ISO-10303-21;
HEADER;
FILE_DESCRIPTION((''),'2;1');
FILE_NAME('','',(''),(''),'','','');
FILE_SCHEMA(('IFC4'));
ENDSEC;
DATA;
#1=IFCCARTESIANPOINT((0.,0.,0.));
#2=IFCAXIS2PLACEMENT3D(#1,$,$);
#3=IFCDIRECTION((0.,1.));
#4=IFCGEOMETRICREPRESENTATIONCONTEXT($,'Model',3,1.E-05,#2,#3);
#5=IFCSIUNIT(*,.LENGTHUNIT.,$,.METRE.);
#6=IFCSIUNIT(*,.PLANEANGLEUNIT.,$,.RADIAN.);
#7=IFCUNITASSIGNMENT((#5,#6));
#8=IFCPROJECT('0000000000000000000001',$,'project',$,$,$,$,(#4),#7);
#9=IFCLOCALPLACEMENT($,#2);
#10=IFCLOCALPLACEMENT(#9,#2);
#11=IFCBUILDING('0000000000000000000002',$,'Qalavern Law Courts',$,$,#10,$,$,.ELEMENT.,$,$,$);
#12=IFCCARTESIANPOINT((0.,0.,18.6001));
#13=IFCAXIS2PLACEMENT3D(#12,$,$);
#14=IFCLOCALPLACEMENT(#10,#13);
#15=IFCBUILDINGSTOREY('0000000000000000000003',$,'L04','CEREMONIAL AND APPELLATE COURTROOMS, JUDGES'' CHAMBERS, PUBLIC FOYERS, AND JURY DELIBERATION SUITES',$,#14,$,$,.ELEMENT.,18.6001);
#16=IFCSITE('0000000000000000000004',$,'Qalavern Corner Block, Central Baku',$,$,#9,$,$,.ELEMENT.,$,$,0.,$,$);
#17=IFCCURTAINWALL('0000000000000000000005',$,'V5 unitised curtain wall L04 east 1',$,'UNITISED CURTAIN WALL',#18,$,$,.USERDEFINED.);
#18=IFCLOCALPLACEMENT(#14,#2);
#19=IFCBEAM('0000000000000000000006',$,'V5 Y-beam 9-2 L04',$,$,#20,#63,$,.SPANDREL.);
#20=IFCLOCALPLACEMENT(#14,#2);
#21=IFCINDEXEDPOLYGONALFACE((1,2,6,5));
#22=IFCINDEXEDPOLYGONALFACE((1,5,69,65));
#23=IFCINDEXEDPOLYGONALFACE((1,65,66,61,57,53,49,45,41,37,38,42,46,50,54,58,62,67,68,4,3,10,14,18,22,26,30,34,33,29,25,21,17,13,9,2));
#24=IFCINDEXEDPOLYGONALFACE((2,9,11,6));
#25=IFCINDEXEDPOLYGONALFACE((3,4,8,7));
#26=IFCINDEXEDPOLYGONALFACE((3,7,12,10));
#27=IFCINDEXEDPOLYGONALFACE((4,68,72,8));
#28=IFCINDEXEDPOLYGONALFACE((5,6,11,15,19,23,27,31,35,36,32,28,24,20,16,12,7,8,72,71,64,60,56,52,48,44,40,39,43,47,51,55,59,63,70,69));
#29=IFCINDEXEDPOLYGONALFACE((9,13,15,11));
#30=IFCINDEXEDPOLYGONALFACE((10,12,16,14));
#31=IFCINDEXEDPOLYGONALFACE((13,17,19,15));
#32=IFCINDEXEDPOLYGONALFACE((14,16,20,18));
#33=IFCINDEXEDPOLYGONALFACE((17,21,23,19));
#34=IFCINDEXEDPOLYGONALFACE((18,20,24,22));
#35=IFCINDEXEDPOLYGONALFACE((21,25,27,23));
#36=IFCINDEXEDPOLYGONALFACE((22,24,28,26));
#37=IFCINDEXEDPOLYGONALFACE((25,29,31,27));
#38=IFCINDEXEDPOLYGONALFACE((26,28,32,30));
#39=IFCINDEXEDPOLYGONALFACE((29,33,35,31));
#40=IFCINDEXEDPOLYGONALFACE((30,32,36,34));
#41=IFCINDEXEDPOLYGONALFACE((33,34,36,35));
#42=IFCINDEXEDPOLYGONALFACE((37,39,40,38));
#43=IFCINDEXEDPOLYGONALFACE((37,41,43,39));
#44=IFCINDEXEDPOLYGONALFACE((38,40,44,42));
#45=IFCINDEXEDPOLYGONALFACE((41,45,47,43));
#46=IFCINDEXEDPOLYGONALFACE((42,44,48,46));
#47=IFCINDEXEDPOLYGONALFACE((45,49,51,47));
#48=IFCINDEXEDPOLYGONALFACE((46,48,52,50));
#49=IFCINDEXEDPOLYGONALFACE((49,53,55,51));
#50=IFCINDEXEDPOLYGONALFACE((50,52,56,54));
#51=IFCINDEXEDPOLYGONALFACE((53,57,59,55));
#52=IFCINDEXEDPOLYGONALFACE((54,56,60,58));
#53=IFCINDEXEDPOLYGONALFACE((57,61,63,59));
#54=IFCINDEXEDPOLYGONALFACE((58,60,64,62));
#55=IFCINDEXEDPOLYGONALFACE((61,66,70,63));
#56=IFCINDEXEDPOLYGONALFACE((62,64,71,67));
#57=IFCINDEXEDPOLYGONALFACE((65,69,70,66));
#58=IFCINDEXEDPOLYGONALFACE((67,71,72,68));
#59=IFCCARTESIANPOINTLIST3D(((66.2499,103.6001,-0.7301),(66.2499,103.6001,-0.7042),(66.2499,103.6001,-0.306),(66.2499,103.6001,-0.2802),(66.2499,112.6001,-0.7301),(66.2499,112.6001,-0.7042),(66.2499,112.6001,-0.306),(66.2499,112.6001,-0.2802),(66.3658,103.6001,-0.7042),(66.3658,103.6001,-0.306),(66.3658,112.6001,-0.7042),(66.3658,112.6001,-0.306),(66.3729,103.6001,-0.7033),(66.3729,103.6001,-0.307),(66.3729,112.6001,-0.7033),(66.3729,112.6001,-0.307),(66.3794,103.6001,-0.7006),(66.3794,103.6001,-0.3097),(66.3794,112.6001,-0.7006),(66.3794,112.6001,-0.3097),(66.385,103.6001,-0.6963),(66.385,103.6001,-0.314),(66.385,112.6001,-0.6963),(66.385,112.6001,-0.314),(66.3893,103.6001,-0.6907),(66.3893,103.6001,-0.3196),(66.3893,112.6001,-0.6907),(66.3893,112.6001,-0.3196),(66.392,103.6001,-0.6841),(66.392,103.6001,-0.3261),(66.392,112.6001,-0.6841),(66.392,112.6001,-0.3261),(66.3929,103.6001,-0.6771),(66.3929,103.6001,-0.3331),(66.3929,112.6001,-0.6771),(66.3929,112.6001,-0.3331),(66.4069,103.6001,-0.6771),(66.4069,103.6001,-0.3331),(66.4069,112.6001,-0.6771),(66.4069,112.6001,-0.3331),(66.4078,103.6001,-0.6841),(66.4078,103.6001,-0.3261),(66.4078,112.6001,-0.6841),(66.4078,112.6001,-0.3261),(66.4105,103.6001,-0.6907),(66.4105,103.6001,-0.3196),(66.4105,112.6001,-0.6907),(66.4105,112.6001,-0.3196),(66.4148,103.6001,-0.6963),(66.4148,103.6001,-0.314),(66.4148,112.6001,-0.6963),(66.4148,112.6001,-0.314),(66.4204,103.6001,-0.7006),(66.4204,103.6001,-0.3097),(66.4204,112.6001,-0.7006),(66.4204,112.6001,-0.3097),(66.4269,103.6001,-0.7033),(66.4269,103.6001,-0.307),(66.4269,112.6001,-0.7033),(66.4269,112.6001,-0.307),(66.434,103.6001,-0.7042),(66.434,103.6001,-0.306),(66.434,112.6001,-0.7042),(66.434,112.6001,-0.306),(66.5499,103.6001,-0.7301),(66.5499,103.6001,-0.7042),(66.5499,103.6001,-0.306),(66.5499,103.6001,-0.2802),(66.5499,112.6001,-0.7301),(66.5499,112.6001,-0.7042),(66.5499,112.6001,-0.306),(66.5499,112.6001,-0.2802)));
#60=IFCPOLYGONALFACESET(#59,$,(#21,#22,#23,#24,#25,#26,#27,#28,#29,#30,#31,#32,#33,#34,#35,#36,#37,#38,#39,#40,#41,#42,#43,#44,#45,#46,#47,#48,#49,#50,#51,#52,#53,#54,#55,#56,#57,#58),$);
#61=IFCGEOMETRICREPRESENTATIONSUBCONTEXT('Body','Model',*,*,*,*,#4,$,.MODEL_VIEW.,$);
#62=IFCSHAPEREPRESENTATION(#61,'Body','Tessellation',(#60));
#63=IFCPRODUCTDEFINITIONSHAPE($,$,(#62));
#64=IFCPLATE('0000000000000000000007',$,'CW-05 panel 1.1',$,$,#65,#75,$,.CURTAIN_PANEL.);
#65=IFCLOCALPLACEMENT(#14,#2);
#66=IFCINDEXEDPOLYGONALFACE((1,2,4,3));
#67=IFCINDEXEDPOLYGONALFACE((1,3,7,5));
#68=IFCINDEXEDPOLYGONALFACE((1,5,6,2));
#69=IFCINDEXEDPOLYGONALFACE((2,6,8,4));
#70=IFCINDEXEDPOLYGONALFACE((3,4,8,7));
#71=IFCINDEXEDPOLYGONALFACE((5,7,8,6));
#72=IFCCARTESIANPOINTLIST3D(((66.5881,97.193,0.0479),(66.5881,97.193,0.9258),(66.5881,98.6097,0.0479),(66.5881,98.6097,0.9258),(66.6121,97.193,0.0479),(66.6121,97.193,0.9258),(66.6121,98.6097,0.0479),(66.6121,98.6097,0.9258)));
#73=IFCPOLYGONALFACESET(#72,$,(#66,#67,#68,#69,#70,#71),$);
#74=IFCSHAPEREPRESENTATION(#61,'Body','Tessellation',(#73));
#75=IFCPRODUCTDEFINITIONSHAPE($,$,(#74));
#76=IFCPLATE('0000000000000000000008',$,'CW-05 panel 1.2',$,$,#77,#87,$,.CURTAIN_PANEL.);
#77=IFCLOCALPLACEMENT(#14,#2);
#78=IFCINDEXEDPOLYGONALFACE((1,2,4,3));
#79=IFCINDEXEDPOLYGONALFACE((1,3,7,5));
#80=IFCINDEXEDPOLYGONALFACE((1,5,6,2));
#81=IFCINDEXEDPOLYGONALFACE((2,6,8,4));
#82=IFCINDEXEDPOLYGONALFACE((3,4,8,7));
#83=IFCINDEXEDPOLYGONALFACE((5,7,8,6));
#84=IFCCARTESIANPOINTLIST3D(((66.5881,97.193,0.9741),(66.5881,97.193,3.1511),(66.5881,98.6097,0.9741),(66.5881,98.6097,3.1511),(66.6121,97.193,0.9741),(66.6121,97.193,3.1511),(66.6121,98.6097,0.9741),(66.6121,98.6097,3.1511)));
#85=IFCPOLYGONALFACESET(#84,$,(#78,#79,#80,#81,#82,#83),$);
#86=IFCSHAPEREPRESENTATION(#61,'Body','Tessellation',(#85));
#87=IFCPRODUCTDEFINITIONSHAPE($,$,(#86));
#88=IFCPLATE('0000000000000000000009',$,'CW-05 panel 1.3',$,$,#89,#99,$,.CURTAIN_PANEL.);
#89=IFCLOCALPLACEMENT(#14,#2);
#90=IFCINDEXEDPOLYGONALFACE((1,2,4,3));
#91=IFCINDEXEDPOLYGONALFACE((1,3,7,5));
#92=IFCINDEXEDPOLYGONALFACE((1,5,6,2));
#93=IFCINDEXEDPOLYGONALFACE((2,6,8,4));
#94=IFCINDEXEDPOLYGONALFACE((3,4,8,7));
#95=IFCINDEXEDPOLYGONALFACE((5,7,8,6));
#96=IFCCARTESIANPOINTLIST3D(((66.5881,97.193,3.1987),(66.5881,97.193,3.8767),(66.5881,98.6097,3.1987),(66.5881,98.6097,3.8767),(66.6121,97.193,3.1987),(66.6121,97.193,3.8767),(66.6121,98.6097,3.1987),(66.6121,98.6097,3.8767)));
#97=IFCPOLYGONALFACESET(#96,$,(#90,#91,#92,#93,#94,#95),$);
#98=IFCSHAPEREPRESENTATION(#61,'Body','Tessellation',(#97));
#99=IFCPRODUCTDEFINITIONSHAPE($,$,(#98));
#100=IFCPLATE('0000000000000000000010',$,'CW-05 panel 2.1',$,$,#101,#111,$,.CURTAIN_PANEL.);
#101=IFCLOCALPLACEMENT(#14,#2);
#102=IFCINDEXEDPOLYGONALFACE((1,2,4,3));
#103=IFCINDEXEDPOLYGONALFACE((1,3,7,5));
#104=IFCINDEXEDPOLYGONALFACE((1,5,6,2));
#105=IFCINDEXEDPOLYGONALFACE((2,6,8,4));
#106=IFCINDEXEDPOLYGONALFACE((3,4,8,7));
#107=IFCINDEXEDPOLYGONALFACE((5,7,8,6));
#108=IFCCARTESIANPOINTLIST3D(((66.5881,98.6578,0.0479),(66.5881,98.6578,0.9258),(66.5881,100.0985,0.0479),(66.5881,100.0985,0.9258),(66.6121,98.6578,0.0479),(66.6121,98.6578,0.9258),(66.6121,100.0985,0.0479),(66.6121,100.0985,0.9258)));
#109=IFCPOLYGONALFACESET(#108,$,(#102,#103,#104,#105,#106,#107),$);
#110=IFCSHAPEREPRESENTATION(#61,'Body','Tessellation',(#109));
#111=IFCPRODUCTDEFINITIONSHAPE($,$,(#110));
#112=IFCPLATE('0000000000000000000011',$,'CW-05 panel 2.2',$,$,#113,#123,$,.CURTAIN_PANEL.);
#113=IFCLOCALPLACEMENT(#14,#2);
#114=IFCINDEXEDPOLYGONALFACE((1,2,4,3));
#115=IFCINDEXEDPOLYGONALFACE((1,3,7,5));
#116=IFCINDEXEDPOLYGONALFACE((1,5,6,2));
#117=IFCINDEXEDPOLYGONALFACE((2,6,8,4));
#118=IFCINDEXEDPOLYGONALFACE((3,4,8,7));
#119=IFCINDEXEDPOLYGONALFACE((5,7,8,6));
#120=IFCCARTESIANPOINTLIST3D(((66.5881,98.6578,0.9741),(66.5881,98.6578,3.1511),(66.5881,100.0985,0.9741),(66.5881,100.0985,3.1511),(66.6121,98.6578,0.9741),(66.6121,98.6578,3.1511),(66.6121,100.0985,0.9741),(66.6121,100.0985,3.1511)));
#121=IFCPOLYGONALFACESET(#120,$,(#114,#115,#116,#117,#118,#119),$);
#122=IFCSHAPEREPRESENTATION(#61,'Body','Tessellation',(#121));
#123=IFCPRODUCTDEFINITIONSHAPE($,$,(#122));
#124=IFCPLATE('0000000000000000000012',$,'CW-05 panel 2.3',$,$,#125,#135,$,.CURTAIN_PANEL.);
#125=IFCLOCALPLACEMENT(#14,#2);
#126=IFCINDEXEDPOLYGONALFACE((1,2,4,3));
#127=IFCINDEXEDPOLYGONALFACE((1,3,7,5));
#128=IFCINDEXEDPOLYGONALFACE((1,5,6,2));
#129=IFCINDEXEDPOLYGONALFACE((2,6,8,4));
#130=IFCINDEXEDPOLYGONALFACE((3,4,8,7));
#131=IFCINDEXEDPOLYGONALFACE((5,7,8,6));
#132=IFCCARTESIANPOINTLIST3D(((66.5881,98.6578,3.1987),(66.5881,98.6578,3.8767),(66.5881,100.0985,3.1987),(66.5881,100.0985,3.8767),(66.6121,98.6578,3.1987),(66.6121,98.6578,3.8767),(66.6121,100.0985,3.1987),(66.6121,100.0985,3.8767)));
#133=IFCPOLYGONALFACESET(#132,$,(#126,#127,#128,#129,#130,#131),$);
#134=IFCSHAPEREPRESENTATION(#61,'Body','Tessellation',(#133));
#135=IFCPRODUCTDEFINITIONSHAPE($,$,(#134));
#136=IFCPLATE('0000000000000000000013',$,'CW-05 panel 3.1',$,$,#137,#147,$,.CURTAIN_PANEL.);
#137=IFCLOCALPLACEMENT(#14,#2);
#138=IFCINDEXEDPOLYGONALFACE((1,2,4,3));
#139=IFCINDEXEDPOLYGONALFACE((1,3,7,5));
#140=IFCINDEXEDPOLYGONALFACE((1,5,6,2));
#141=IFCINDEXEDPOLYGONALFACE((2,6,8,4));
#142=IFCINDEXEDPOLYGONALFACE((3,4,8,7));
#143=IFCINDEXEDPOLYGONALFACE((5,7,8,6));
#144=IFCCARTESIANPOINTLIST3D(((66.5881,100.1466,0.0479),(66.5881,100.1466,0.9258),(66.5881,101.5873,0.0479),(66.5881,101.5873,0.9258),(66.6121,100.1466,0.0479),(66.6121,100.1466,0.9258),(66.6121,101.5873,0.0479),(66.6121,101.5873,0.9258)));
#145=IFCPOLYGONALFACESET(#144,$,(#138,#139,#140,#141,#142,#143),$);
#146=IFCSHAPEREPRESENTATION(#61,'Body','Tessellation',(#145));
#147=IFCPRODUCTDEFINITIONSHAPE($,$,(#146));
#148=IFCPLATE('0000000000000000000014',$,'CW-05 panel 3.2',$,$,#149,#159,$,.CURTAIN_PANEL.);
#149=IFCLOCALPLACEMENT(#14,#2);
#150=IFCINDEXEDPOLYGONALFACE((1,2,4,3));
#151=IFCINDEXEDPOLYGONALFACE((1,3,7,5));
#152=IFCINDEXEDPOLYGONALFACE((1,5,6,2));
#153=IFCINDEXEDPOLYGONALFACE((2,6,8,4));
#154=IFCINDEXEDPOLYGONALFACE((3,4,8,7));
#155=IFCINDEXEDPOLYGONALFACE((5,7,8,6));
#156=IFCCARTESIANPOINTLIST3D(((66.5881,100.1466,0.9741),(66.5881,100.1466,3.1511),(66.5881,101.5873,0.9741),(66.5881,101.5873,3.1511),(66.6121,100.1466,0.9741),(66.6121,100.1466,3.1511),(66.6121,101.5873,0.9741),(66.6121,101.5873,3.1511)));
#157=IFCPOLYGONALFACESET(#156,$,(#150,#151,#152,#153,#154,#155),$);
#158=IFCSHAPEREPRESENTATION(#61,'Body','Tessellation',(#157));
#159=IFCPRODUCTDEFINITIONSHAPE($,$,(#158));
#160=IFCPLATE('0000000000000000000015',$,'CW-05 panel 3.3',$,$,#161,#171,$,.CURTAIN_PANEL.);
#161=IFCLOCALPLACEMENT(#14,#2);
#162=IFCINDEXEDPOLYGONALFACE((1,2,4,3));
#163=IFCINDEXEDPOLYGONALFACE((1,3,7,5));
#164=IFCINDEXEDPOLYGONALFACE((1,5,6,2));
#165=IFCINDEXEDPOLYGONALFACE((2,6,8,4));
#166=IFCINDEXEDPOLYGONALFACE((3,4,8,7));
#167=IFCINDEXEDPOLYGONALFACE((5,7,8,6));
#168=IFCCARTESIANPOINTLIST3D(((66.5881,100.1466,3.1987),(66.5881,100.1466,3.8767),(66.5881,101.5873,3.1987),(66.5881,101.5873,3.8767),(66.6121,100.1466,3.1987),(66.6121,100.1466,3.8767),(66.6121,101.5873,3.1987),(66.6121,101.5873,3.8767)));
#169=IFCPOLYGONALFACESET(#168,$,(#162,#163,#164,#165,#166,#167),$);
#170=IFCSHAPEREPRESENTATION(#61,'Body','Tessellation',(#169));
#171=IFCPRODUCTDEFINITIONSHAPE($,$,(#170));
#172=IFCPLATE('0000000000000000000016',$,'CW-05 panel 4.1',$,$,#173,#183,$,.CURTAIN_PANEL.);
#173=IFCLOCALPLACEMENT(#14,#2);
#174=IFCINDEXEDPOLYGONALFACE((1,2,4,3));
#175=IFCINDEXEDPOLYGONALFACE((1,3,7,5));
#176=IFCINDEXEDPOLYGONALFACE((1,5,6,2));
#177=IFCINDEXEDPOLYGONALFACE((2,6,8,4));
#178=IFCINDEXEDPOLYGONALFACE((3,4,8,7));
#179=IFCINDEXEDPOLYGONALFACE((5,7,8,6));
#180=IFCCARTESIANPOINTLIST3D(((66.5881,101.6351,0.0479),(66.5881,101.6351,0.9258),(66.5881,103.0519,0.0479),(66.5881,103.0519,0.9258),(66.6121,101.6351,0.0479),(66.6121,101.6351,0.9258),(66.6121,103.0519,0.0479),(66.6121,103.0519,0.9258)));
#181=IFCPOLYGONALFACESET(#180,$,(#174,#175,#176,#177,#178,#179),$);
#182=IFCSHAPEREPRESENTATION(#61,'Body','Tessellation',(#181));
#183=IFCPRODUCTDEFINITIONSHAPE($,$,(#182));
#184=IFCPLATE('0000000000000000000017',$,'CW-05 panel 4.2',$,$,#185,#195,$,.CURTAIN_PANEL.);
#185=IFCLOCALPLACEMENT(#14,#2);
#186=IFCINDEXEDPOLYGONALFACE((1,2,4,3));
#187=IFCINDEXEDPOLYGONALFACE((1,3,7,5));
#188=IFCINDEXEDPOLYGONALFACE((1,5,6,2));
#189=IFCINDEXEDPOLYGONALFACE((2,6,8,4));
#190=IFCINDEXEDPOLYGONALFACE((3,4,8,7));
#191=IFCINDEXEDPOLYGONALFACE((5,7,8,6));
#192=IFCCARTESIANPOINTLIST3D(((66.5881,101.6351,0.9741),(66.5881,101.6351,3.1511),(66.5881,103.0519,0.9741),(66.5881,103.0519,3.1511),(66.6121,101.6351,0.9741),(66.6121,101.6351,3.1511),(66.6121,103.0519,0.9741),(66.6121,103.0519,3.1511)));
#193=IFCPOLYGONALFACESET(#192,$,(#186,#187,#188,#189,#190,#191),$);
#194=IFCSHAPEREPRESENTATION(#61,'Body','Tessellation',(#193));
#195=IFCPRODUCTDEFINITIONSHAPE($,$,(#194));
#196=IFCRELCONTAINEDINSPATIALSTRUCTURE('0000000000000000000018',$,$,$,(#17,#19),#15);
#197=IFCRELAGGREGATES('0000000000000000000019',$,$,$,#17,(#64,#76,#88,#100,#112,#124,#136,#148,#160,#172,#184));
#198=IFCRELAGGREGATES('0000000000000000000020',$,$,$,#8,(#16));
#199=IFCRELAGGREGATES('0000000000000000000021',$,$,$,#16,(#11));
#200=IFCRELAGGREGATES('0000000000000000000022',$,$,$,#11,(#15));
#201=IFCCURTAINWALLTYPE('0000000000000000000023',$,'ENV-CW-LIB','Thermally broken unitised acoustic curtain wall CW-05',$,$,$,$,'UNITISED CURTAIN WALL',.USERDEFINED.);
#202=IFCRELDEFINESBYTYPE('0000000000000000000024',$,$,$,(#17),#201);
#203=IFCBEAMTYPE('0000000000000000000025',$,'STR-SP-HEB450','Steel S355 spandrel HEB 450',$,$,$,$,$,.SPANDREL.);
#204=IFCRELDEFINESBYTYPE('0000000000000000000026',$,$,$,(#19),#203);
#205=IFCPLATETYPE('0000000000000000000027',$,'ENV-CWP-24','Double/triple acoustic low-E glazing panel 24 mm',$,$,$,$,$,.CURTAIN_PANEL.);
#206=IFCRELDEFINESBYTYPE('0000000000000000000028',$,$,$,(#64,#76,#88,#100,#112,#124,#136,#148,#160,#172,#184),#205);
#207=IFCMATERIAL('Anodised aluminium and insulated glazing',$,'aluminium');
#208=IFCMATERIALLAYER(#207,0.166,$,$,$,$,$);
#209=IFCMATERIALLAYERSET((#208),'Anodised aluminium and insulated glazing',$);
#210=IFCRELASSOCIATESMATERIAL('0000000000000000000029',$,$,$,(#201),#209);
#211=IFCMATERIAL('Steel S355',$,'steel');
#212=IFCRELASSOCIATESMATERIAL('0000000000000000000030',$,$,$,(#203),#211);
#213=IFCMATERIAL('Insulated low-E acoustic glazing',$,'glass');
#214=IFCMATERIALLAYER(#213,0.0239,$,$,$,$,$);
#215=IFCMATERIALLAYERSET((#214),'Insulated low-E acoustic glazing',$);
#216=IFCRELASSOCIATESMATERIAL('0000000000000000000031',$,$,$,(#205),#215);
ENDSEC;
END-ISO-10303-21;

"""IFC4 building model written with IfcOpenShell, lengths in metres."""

from ifc_helpers import new_model, si_unit, direction, frame, origin, origin_2d, place, context, subcontext, project, spatial, rectangle, i_section, extrude, material, layer, layer_set, material_profile, profile_set, type_object, element, aggregate, save


model = new_model("IFC4")

# Units and contexts
model_context = context("Model", 3, precision=1e-05, world=origin(), true_north=direction((0.0, 1.0)))
body_context = subcontext(model_context, "Body", "Model", "MODEL_VIEW")
ifc_project = project(units=[si_unit("LENGTHUNIT", "METRE"), si_unit("PLANEANGLEUNIT", "RADIAN")], contexts=[model_context])

# Site, building, storey
site_placement = place(None, origin())
site = spatial("IfcSite", under=ifc_project, at=site_placement, Name="Qalavern Corner Block, Central Baku", CompositionType="ELEMENT", RefElevation=0.0)
building_placement = place(site_placement, origin())
building = spatial("IfcBuilding", under=site, at=building_placement, Name="Qalavern Law Courts", CompositionType="ELEMENT")
storey_placement = place(building_placement, frame((0.0, 0.0, 18.6001)))
storey = spatial("IfcBuildingStorey", under=building, at=storey_placement, Name="L04", Description="CEREMONIAL AND APPELLATE COURTROOMS, JUDGES' CHAMBERS, PUBLIC FOYERS, AND JURY DELIBERATION SUITES", CompositionType="ELEMENT", Elevation=18.6001)

# Curtain wall
ifc_material_1 = material(Name="Anodised aluminium and insulated glazing", Category="aluminium")
ifc_layer_1 = layer(ifc_material_1, 0.166)
ifc_layer_set_1 = layer_set([ifc_layer_1], Name="Anodised aluminium and insulated glazing")
curtain_wall_type = type_object("IfcCurtainWallType", Name="ENV-CW-LIB", Description="Thermally broken unitised acoustic curtain wall CW-05", ElementType="UNITISED CURTAIN WALL", PredefinedType="USERDEFINED", material=ifc_layer_set_1)
curtain_wall_placement = place(storey_placement, origin())
curtain_wall = element("IfcCurtainWall", 1, at=curtain_wall_placement, inside=storey, type_object=curtain_wall_type, Name="V5 unitised curtain wall L04 east 1", ObjectType="UNITISED CURTAIN WALL", PredefinedType="USERDEFINED")

# Beam
ifc_material_2 = material(Name="Steel S355", Category="steel")
ifc_material_profile_1 = material_profile(ifc_material_2, i_section(OverallWidth=0.3, OverallDepth=0.45, WebThickness=0.0139, FlangeThickness=0.0259, FilletRadius=0.0271, at=origin_2d()), Name="HEB 450")
ifc_profile_set_1 = profile_set([ifc_material_profile_1], Name="Steel S355")
beam_type = type_object("IfcBeamType", Name="STR-SP-HEB450", Description="Steel S355 spandrel HEB 450", PredefinedType="SPANDREL", material=ifc_profile_set_1)
beam_placement = place(storey_placement, frame((66.3999, 103.6001, -0.5051), z_axis=(0.0, 1.0, 0.0), x_axis=(-1.0, 0.0, 0.0)))
element("IfcBeam", 2, at=beam_placement, inside=storey, type_object=beam_type, Name="V5 Y-beam 9-2 L04", PredefinedType="SPANDREL", context=body_context, shape_type="SweptSolid", body=[
    extrude(i_section(OverallWidth=0.3, OverallDepth=0.45, WebThickness=0.0139, FlangeThickness=0.0259, FilletRadius=0.0271, at=origin_2d()), origin(), (0.0, 0.0, 1.0), 9.0),
])

# Plates
ifc_material_3 = material(Name="Insulated low-E acoustic glazing", Category="glass")
ifc_layer_2 = layer(ifc_material_3, 0.0239)
ifc_layer_set_2 = layer_set([ifc_layer_2], Name="Insulated low-E acoustic glazing")
plate_type = type_object("IfcPlateType", Name="ENV-CWP-24", Description="Double/triple acoustic low-E glazing panel 24 mm", PredefinedType="CURTAIN_PANEL", material=ifc_layer_set_2)
plate_1_placement = place(storey_placement, frame((66.6001, 97.9014, 0.0479), z_axis=(0.0, 0.0, 1.0), x_axis=(0.0, 1.0, 0.0)))
plate_1 = element("IfcPlate", 3, at=plate_1_placement, type_object=plate_type, Name="CW-05 panel 1.1", PredefinedType="CURTAIN_PANEL", context=body_context, shape_type="SweptSolid", body=[
    extrude(rectangle(XDim=1.4167, YDim=0.0239, at=origin_2d()), origin(), (0.0, 0.0, 1.0), 0.8779),
])
plate_2_placement = place(storey_placement, frame((66.6001, 97.9014, 0.9741), z_axis=(0.0, 0.0, 1.0), x_axis=(0.0, 1.0, 0.0)))
plate_2 = element("IfcPlate", 4, at=plate_2_placement, type_object=plate_type, Name="CW-05 panel 1.2", PredefinedType="CURTAIN_PANEL", context=body_context, shape_type="SweptSolid", body=[
    extrude(rectangle(XDim=1.4167, YDim=0.0239, at=origin_2d()), origin(), (0.0, 0.0, 1.0), 2.177),
])
plate_3_placement = place(storey_placement, frame((66.6001, 97.9014, 3.1987), z_axis=(0.0, 0.0, 1.0), x_axis=(0.0, 1.0, 0.0)))
plate_3 = element("IfcPlate", 5, at=plate_3_placement, type_object=plate_type, Name="CW-05 panel 1.3", PredefinedType="CURTAIN_PANEL", context=body_context, shape_type="SweptSolid", body=[
    extrude(rectangle(XDim=1.4167, YDim=0.0239, at=origin_2d()), origin(), (0.0, 0.0, 1.0), 0.678),
])
plate_4_placement = place(storey_placement, frame((66.6001, 99.3782, 0.0479), z_axis=(0.0, 0.0, 1.0), x_axis=(0.0, 1.0, 0.0)))
plate_4 = element("IfcPlate", 6, at=plate_4_placement, type_object=plate_type, Name="CW-05 panel 2.1", PredefinedType="CURTAIN_PANEL", context=body_context, shape_type="SweptSolid", body=[
    extrude(rectangle(XDim=1.4407, YDim=0.0239, at=origin_2d()), origin(), (0.0, 0.0, 1.0), 0.8779),
])
plate_5_placement = place(storey_placement, frame((66.6001, 99.3782, 0.9741), z_axis=(0.0, 0.0, 1.0), x_axis=(0.0, 1.0, 0.0)))
plate_5 = element("IfcPlate", 7, at=plate_5_placement, type_object=plate_type, Name="CW-05 panel 2.2", PredefinedType="CURTAIN_PANEL", context=body_context, shape_type="SweptSolid", body=[
    extrude(rectangle(XDim=1.4407, YDim=0.0239, at=origin_2d()), origin(), (0.0, 0.0, 1.0), 2.177),
])
plate_6_placement = place(storey_placement, frame((66.6001, 99.3782, 3.1987), z_axis=(0.0, 0.0, 1.0), x_axis=(0.0, 1.0, 0.0)))
plate_6 = element("IfcPlate", 8, at=plate_6_placement, type_object=plate_type, Name="CW-05 panel 2.3", PredefinedType="CURTAIN_PANEL", context=body_context, shape_type="SweptSolid", body=[
    extrude(rectangle(XDim=1.4407, YDim=0.0239, at=origin_2d()), origin(), (0.0, 0.0, 1.0), 0.678),
])
plate_7_placement = place(storey_placement, frame((66.6001, 100.8669, 0.0479), z_axis=(0.0, 0.0, 1.0), x_axis=(0.0, 1.0, 0.0)))
plate_7 = element("IfcPlate", 9, at=plate_7_placement, type_object=plate_type, Name="CW-05 panel 3.1", PredefinedType="CURTAIN_PANEL", context=body_context, shape_type="SweptSolid", body=[
    extrude(rectangle(XDim=1.4407, YDim=0.0239, at=origin_2d()), origin(), (0.0, 0.0, 1.0), 0.8779),
])
plate_8_placement = place(storey_placement, frame((66.6001, 100.8669, 0.9741), z_axis=(0.0, 0.0, 1.0), x_axis=(0.0, 1.0, 0.0)))
plate_8 = element("IfcPlate", 10, at=plate_8_placement, type_object=plate_type, Name="CW-05 panel 3.2", PredefinedType="CURTAIN_PANEL", context=body_context, shape_type="SweptSolid", body=[
    extrude(rectangle(XDim=1.4407, YDim=0.0239, at=origin_2d()), origin(), (0.0, 0.0, 1.0), 2.177),
])
plate_9_placement = place(storey_placement, frame((66.6001, 100.8669, 3.1987), z_axis=(0.0, 0.0, 1.0), x_axis=(0.0, 1.0, 0.0)))
plate_9 = element("IfcPlate", 11, at=plate_9_placement, type_object=plate_type, Name="CW-05 panel 3.3", PredefinedType="CURTAIN_PANEL", context=body_context, shape_type="SweptSolid", body=[
    extrude(rectangle(XDim=1.4407, YDim=0.0239, at=origin_2d()), origin(), (0.0, 0.0, 1.0), 0.678),
])
plate_10_placement = place(storey_placement, frame((66.6001, 102.3435, 0.0479), z_axis=(0.0, 0.0, 1.0), x_axis=(0.0, 1.0, 0.0)))
plate_10 = element("IfcPlate", 12, at=plate_10_placement, type_object=plate_type, Name="CW-05 panel 4.1", PredefinedType="CURTAIN_PANEL", context=body_context, shape_type="SweptSolid", body=[
    extrude(rectangle(XDim=1.4167, YDim=0.0239, at=origin_2d()), origin(), (0.0, 0.0, 1.0), 0.8779),
])
plate_11_placement = place(storey_placement, frame((66.6001, 102.3435, 0.9741), z_axis=(0.0, 0.0, 1.0), x_axis=(0.0, 1.0, 0.0)))
plate_11 = element("IfcPlate", 13, at=plate_11_placement, type_object=plate_type, Name="CW-05 panel 4.2", PredefinedType="CURTAIN_PANEL", context=body_context, shape_type="SweptSolid", body=[
    extrude(rectangle(XDim=1.4167, YDim=0.0239, at=origin_2d()), origin(), (0.0, 0.0, 1.0), 2.177),
])
aggregate(curtain_wall, [plate_1, plate_2, plate_3, plate_4, plate_5, plate_6, plate_7, plate_8, plate_9, plate_10, plate_11])

save(model, "model.ifc")
